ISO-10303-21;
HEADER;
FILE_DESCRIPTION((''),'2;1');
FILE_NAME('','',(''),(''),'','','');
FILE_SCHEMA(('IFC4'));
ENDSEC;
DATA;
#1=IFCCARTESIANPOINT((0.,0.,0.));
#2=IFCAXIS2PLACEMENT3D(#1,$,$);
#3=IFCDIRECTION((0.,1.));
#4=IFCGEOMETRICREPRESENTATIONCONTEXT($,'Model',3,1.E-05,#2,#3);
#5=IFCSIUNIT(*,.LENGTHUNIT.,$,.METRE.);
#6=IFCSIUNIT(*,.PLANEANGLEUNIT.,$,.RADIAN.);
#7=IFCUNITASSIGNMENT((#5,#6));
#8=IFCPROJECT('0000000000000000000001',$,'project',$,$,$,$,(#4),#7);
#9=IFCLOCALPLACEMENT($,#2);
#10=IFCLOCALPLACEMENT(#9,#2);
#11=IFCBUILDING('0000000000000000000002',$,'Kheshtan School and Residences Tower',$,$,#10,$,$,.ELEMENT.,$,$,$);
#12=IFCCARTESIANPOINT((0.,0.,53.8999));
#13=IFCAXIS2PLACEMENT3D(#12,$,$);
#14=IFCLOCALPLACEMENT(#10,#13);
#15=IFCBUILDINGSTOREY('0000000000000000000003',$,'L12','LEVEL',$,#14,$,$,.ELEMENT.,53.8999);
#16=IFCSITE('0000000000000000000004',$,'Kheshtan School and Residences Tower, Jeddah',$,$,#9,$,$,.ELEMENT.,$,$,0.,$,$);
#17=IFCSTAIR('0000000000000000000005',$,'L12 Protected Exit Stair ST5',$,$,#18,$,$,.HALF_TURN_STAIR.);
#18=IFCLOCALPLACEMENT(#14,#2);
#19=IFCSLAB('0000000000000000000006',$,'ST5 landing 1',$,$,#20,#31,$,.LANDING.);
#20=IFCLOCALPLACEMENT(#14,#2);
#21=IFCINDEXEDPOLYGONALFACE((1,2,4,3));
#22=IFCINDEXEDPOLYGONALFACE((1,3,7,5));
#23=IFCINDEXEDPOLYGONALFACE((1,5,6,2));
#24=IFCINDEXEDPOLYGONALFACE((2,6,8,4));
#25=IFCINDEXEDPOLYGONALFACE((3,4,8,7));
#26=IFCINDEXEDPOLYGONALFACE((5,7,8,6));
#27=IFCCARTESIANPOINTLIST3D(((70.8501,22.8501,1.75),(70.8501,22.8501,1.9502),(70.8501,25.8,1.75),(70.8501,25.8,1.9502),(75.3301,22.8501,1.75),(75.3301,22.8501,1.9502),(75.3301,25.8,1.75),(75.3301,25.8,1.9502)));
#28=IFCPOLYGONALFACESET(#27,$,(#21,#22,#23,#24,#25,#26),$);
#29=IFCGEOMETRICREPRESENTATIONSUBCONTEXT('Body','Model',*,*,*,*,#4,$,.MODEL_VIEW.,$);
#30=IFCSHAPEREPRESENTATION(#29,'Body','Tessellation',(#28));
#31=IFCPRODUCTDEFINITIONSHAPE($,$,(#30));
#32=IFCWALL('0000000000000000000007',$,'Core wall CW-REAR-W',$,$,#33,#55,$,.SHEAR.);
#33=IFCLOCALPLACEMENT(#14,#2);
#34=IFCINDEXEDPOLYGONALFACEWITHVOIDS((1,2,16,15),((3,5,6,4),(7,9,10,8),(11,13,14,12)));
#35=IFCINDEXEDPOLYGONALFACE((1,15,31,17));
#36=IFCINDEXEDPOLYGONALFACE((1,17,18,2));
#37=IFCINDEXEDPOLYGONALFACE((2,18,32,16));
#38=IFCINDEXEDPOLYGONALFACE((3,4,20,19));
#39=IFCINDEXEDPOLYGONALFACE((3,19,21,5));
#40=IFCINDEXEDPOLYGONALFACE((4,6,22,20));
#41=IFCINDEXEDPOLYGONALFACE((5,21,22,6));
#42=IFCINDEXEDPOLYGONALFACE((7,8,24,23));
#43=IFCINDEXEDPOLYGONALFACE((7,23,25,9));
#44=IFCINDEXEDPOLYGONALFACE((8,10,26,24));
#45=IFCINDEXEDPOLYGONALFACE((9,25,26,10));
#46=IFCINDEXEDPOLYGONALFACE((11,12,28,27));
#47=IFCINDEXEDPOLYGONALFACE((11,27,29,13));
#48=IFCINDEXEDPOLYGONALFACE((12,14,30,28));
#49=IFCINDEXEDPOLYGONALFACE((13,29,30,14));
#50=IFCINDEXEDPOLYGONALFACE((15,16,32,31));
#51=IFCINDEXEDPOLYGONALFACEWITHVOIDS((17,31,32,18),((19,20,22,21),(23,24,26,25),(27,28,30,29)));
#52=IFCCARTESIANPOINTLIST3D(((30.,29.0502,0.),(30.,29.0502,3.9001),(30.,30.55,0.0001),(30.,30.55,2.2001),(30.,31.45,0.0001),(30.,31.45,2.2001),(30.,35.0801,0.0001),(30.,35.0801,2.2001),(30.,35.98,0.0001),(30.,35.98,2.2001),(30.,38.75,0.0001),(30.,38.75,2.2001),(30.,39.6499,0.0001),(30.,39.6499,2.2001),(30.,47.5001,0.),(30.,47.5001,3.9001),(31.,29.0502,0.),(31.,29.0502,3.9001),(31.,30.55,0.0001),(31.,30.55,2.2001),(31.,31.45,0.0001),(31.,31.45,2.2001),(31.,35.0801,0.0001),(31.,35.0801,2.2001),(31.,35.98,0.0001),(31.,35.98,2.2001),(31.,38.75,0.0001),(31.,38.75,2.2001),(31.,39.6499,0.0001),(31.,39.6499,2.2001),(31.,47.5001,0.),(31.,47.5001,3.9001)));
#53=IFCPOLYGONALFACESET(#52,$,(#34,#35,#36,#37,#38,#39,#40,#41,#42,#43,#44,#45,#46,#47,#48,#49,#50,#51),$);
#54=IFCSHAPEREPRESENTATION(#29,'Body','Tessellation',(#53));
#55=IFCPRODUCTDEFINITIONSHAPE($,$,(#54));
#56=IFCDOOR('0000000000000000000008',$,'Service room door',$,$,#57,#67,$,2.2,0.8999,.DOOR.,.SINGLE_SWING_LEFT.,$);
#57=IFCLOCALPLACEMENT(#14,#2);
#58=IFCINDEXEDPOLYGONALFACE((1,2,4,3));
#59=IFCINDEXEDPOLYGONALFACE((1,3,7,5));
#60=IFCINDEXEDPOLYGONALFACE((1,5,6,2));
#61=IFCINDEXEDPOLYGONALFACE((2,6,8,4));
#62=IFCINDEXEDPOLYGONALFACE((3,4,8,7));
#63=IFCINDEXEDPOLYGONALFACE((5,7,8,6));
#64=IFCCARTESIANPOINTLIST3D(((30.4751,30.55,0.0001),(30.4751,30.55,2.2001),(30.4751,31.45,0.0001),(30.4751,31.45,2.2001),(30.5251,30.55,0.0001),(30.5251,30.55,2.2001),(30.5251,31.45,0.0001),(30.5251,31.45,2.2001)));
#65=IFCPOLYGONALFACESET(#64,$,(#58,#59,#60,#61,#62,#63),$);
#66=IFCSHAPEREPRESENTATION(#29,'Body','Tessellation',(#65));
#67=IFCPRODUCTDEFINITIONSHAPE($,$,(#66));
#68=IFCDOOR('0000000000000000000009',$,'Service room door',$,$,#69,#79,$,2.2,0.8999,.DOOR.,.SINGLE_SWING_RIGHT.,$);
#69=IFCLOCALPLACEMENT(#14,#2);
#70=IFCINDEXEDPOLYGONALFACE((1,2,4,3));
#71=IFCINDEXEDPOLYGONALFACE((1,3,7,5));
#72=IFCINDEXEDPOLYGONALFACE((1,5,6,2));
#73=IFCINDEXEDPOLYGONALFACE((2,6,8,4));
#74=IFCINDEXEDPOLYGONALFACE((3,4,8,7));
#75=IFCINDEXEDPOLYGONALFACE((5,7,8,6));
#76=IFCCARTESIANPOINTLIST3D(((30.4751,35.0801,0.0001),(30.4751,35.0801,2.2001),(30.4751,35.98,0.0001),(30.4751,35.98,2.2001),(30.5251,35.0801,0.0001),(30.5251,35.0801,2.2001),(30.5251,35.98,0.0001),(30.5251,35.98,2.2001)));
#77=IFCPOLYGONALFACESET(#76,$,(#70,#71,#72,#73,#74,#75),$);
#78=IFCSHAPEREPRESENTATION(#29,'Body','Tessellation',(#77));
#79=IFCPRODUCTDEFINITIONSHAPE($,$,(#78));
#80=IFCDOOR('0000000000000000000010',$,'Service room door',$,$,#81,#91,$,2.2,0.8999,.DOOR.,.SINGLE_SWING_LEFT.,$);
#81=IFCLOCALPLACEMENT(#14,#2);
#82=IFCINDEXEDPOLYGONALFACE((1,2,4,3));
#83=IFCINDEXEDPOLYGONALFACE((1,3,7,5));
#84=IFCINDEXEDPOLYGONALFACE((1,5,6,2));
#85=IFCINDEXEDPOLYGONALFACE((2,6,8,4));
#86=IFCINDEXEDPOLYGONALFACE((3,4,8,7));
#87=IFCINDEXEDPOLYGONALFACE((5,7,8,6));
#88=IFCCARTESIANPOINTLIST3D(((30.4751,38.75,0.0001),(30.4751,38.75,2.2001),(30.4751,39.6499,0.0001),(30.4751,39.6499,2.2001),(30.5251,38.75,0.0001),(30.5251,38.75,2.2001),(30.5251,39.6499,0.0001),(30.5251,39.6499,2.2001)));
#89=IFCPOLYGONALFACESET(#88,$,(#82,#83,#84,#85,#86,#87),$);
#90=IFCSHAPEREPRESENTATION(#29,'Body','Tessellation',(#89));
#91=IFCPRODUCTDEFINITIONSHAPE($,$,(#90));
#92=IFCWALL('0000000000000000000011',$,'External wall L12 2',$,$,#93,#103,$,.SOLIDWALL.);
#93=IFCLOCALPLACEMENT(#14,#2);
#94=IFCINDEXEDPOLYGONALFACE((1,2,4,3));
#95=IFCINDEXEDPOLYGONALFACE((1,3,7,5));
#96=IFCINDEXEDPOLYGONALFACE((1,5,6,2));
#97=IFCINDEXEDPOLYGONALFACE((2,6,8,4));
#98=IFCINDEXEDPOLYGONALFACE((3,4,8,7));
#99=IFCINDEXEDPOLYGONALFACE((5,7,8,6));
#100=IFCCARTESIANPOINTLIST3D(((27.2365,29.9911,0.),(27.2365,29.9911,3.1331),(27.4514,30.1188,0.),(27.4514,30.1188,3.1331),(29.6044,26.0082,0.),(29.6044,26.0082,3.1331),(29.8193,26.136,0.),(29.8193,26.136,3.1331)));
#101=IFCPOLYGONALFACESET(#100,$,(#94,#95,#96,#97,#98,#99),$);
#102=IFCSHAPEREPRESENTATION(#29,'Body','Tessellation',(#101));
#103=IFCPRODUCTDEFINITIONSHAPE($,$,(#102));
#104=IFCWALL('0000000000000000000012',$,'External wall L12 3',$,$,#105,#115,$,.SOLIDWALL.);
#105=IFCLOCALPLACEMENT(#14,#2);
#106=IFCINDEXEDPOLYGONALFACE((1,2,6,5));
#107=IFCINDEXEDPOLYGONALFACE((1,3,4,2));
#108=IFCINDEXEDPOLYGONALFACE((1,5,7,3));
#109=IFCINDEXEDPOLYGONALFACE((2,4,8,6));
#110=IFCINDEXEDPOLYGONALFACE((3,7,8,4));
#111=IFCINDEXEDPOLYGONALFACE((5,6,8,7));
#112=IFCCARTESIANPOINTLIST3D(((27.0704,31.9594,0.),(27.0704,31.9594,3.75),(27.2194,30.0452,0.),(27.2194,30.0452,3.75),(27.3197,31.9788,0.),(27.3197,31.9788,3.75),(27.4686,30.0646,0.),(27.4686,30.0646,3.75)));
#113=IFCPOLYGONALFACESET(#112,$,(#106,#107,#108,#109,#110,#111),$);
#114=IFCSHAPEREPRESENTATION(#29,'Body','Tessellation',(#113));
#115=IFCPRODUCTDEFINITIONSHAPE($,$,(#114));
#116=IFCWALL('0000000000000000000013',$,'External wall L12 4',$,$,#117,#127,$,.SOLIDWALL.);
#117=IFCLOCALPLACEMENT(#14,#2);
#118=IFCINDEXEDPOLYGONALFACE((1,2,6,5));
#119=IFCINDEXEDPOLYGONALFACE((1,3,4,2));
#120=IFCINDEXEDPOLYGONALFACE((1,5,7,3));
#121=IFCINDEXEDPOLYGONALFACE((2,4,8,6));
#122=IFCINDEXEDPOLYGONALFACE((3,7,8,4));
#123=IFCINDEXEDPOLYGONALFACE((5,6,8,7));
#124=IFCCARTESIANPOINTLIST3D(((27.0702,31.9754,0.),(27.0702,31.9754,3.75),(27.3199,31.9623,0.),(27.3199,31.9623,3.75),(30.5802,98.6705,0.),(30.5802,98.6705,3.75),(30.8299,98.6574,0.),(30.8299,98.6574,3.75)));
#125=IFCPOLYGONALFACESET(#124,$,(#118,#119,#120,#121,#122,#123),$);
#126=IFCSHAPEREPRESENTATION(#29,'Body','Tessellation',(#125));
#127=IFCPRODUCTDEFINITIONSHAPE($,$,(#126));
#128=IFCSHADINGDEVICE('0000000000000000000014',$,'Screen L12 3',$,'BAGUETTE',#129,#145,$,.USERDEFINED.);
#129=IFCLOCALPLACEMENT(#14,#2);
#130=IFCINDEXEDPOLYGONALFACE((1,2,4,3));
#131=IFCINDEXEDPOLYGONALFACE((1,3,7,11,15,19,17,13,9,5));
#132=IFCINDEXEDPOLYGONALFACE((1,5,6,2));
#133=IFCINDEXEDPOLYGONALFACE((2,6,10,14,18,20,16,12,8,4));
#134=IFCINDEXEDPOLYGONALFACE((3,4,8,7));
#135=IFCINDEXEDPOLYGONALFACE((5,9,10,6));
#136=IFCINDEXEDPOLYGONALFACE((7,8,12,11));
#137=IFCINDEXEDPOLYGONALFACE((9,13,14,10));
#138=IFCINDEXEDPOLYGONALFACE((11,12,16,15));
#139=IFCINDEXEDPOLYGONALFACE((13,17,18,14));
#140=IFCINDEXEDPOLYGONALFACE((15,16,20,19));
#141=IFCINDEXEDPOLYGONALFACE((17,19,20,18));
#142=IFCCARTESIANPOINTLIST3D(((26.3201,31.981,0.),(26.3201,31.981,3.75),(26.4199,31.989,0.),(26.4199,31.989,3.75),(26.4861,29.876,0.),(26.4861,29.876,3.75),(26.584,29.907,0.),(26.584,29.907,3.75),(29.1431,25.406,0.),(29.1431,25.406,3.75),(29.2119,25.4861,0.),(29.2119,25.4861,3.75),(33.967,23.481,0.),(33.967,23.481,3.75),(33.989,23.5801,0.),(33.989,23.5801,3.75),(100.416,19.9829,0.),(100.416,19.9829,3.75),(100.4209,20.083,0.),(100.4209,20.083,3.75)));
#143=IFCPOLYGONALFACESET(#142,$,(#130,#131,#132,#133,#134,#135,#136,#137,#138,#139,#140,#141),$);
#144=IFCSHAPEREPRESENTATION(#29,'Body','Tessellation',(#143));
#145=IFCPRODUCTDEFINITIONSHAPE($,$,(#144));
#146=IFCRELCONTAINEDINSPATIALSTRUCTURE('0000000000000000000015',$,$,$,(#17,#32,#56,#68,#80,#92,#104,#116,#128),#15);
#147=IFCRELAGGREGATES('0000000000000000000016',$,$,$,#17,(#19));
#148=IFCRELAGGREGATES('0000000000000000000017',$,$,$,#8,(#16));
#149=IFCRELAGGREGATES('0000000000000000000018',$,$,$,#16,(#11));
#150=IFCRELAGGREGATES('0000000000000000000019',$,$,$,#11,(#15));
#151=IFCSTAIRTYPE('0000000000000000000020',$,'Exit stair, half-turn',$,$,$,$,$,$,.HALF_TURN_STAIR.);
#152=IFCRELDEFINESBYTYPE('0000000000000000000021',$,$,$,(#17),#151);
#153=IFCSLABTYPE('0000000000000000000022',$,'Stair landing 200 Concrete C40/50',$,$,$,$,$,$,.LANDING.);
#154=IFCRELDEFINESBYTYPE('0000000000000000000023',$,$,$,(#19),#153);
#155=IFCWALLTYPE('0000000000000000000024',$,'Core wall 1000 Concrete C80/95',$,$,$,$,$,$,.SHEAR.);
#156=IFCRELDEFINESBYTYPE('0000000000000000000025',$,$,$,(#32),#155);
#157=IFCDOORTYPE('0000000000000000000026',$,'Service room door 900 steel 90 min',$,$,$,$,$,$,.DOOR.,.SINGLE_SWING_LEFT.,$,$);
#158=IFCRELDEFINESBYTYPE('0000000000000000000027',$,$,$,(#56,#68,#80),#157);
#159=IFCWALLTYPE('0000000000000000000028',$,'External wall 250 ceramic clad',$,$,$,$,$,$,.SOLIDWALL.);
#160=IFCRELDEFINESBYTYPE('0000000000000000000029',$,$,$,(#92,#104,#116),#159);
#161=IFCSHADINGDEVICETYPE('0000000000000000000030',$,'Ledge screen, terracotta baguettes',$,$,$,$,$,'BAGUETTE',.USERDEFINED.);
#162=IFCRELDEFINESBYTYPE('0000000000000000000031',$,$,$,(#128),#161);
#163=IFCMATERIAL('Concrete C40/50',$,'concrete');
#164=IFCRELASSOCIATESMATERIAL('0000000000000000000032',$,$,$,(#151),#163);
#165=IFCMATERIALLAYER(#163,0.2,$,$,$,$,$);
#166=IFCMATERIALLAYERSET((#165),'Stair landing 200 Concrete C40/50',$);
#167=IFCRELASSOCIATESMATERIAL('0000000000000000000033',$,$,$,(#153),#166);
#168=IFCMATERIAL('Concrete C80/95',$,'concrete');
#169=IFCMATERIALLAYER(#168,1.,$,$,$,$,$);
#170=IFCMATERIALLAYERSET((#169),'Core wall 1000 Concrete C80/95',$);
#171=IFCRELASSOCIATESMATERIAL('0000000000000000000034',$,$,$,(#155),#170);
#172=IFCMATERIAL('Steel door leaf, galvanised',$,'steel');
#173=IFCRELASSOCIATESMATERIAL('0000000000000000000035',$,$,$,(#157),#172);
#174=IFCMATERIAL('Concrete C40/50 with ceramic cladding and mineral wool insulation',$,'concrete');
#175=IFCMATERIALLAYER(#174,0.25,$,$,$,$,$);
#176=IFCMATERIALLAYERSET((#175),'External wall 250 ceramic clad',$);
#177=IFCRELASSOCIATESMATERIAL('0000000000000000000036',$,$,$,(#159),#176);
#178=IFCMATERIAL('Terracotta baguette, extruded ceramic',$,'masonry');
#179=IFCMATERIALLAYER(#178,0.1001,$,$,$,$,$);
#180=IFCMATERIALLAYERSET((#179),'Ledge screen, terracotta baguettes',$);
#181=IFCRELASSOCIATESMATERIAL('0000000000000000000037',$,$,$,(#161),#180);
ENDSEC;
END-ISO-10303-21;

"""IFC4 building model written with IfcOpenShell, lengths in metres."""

from ifc_helpers import new_model, si_unit, direction, frame, frame_2d, origin, place, context, subcontext, project, spatial, polyline, rectangle, outline, extrude, source, transform, mapped, material, layer, layer_set, type_object, element, fill, aggregate, save


model = new_model("IFC4")

# Units and contexts
model_context = context("Model", 3, precision=1e-05, world=origin(), true_north=direction((0.0, 1.0)))
body_context = subcontext(model_context, "Body", "Model", "MODEL_VIEW")
ifc_project = project(units=[si_unit("LENGTHUNIT", "METRE"), si_unit("PLANEANGLEUNIT", "RADIAN")], contexts=[model_context])

# Site, building, storey
site_placement = place(None, origin())
site = spatial("IfcSite", under=ifc_project, at=site_placement, Name="Kheshtan School and Residences Tower, Jeddah", CompositionType="ELEMENT", RefElevation=0.0)
building_placement = place(site_placement, origin())
building = spatial("IfcBuilding", under=site, at=building_placement, Name="Kheshtan School and Residences Tower", CompositionType="ELEMENT")
storey_placement = place(building_placement, frame((0.0, 0.0, 53.8999)))
storey = spatial("IfcBuildingStorey", under=building, at=storey_placement, Name="L12", Description="LEVEL", CompositionType="ELEMENT", Elevation=53.8999)

# Shared definitions
ifc_material_1 = material(Name="Concrete C40/50", Category="concrete")

# Stair, slab
stair_type = type_object("IfcStairType", Name="Exit stair, half-turn", PredefinedType="HALF_TURN_STAIR", material=ifc_material_1)
ifc_layer_1 = layer(ifc_material_1, 0.2)
ifc_layer_set_1 = layer_set([ifc_layer_1], Name="Stair landing 200 Concrete C40/50")
slab_type_1 = type_object("IfcSlabType", Name="Stair landing 200 Concrete C40/50", PredefinedType="LANDING", material=ifc_layer_set_1)
stair_1_placement = place(storey_placement, origin())
stair_1 = element("IfcStair", 1, at=stair_1_placement, inside=storey, type_object=stair_type, Name="L12 Protected Exit Stair ST5", PredefinedType="HALF_TURN_STAIR")
slab_1_placement = place(storey_placement, frame((0.0, 0.0, 1.75)))
slab_1 = element("IfcSlab", 2, at=slab_1_placement, type_object=slab_type_1, Name="ST5 landing 1", PredefinedType="LANDING", context=body_context, shape_type="SweptSolid", body=[
    extrude(outline(polyline([(75.3301, 25.8), (70.8501, 25.8), (70.8501, 22.8501), (75.3301, 22.8501), (75.3301, 25.8)])), origin(), (0.0, 0.0, 1.0), 0.2002),
])
aggregate(stair_1, [slab_1])

# Wall, openings, doors
ifc_material_2 = material(Name="Concrete C80/95", Category="concrete")
ifc_layer_2 = layer(ifc_material_2, 1.0)
ifc_layer_set_2 = layer_set([ifc_layer_2], Name="Core wall 1000 Concrete C80/95")
wall_type_1 = type_object("IfcWallType", Name="Core wall 1000 Concrete C80/95", PredefinedType="SHEAR", material=ifc_layer_set_2)
wall_1_placement = place(storey_placement, frame((30.5, 29.05, 0.0), z_axis=(0.0, 0.0, 1.0), x_axis=(0.0, 1.0, 0.0)))
wall_1 = element("IfcWall", 3, at=wall_1_placement, inside=storey, type_object=wall_type_1, Name="Core wall CW-REAR-W", PredefinedType="SHEAR", context=body_context, shape_type="SweptSolid", body=[
    extrude(rectangle(XDim=18.45, YDim=1.0, at=frame_2d((9.2251, 0.0))), origin(), (0.0, 0.0, 1.0), 3.9001),
])
opening_1_placement = place(wall_1_placement, frame((1.5, 0.0, 0.0)))
opening_1 = element("IfcOpeningElement", 4, at=opening_1_placement, cuts=wall_1, PredefinedType="OPENING", context=body_context, shape_type="SweptSolid", body=[
    extrude(rectangle(XDim=0.8999, YDim=2.2, at=frame_2d((0.45, 1.1001))), frame((0.0, 0.51, 0.0), z_axis=(0.0, -1.0, 0.0), x_axis=(1.0, 0.0, 0.0)), (0.0, 0.0, 1.0), 1.02),
])
opening_2_placement = place(wall_1_placement, frame((6.03, 0.0, 0.0)))
opening_2 = element("IfcOpeningElement", 5, at=opening_2_placement, cuts=wall_1, PredefinedType="OPENING", context=body_context, shape_type="SweptSolid", body=[
    extrude(rectangle(XDim=0.8999, YDim=2.2, at=frame_2d((0.45, 1.1001))), frame((0.0, 0.51, 0.0), z_axis=(0.0, -1.0, 0.0), x_axis=(1.0, 0.0, 0.0)), (0.0, 0.0, 1.0), 1.02),
])
opening_3_placement = place(wall_1_placement, frame((9.7, 0.0, 0.0)))
opening_3 = element("IfcOpeningElement", 6, at=opening_3_placement, cuts=wall_1, PredefinedType="OPENING", context=body_context, shape_type="SweptSolid", body=[
    extrude(rectangle(XDim=0.8999, YDim=2.2, at=frame_2d((0.45, 1.1001))), frame((0.0, 0.51, 0.0), z_axis=(0.0, -1.0, 0.0), x_axis=(1.0, 0.0, 0.0)), (0.0, 0.0, 1.0), 1.02),
])
ifc_material_3 = material(Name="Steel door leaf, galvanised", Category="steel")
door_type = type_object("IfcDoorType", Name="Service room door 900 steel 90 min", OperationType="SINGLE_SWING_LEFT", PredefinedType="DOOR", material=ifc_material_3)
shared_shape = source(origin(), body_context, "Body", "SweptSolid", [
    extrude(rectangle(XDim=0.8999, YDim=2.2, at=frame_2d((0.45, 1.1001))), frame((0.0, 0.0249, 0.0), z_axis=(0.0, -1.0, 0.0), x_axis=(1.0, 0.0, 0.0)), (0.0, 0.0, 1.0), 0.05),
])
door_1_placement = place(opening_1_placement, origin())
door_1 = element("IfcDoor", 7, at=door_1_placement, inside=storey, type_object=door_type, Name="Service room door", OperationType="SINGLE_SWING_LEFT", OverallHeight=2.2, OverallWidth=0.8999, PredefinedType="DOOR", context=body_context, shape_type="MappedRepresentation", body=[
    mapped(shared_shape, transform((0.0, 0.0, 0.0), x_axis=(1.0, 0.0, 0.0), y_axis=(0.0, 1.0, 0.0), z_axis=(0.0, 0.0, 1.0), scale=1.0)),
])
fill(opening_1, door_1)
door_2_placement = place(opening_2_placement, origin())
door_2 = element("IfcDoor", 8, at=door_2_placement, inside=storey, type_object=door_type, Name="Service room door", OperationType="SINGLE_SWING_RIGHT", OverallHeight=2.2, OverallWidth=0.8999, PredefinedType="DOOR", context=body_context, shape_type="MappedRepresentation", body=[
    mapped(shared_shape, transform((0.0, 0.0, 0.0), x_axis=(1.0, 0.0, 0.0), y_axis=(0.0, 1.0, 0.0), z_axis=(0.0, 0.0, 1.0), scale=1.0)),
])
fill(opening_2, door_2)
door_3_placement = place(opening_3_placement, origin())
door_3 = element("IfcDoor", 9, at=door_3_placement, inside=storey, type_object=door_type, Name="Service room door", OperationType="SINGLE_SWING_LEFT", OverallHeight=2.2, OverallWidth=0.8999, PredefinedType="DOOR", context=body_context, shape_type="MappedRepresentation", body=[
    mapped(shared_shape, transform((0.0, 0.0, 0.0), x_axis=(1.0, 0.0, 0.0), y_axis=(0.0, 1.0, 0.0), z_axis=(0.0, 0.0, 1.0), scale=1.0)),
])
fill(opening_3, door_3)

# Walls
ifc_material_4 = material(Name="Concrete C40/50 with ceramic cladding and mineral wool insulation", Category="concrete")
ifc_layer_3 = layer(ifc_material_4, 0.25)
ifc_layer_set_3 = layer_set([ifc_layer_3], Name="External wall 250 ceramic clad")
wall_type_2 = type_object("IfcWallType", Name="External wall 250 ceramic clad", PredefinedType="SOLIDWALL", material=ifc_layer_set_3)
wall_2_placement = place(storey_placement, frame((29.7119, 26.072, 0.0), z_axis=(0.0, 0.0, 1.0), x_axis=(-0.511028, 0.859564, 0.0)))
element("IfcWall", 10, at=wall_2_placement, inside=storey, type_object=wall_type_2, Name="External wall L12 2", PredefinedType="SOLIDWALL", context=body_context, shape_type="SweptSolid", body=[
    extrude(rectangle(XDim=4.6335, YDim=0.25, at=frame_2d((2.3169, 0.0))), origin(), (0.0, 0.0, 1.0), 3.1331),
])
wall_3_placement = place(storey_placement, frame((27.344, 30.0549, 0.0), z_axis=(0.0, 0.0, 1.0), x_axis=(-0.077572, 0.996987, 0.0)))
element("IfcWall", 11, at=wall_3_placement, inside=storey, type_object=wall_type_2, Name="External wall L12 3", PredefinedType="SOLIDWALL", context=body_context, shape_type="SweptSolid", body=[
    extrude(rectangle(XDim=1.9199, YDim=0.25, at=frame_2d((0.96, 0.0))), origin(), (0.0, 0.0, 1.0), 3.75),
])
wall_4_placement = place(storey_placement, frame((27.1951, 31.969, 0.0), z_axis=(0.0, 0.0, 1.0), x_axis=(0.052555, 0.998618, 0.0)))
element("IfcWall", 12, at=wall_4_placement, inside=storey, type_object=wall_type_2, Name="External wall L12 4", PredefinedType="SOLIDWALL", context=body_context, shape_type="SweptSolid", body=[
    extrude(rectangle(XDim=66.7874, YDim=0.25, at=frame_2d((33.3936, 0.0))), origin(), (0.0, 0.0, 1.0), 3.75),
])

# Shading device
ifc_material_5 = material(Name="Terracotta baguette, extruded ceramic", Category="masonry")
ifc_layer_4 = layer(ifc_material_5, 0.1001)
ifc_layer_set_4 = layer_set([ifc_layer_4], Name="Ledge screen, terracotta baguettes")
shading_device_type_1 = type_object("IfcShadingDeviceType", Name="Ledge screen, terracotta baguettes", ElementType="BAGUETTE", PredefinedType="USERDEFINED", material=ifc_layer_set_4)
shading_device_1_placement = place(storey_placement, origin())
element("IfcShadingDevice", 13, at=shading_device_1_placement, inside=storey, type_object=shading_device_type_1, Name="Screen L12 3", ObjectType="BAGUETTE", PredefinedType="USERDEFINED", context=body_context, shape_type="SweptSolid", body=[
    extrude(outline(polyline([(100.4209, 20.083), (33.989, 23.5801), (29.2119, 25.4861), (26.584, 29.907), (26.4199, 31.989), (26.3201, 31.981), (26.4861, 29.876), (29.1431, 25.406), (33.967, 23.481), (100.416, 19.9829), (100.4209, 20.083)])), origin(), (0.0, 0.0, 1.0), 3.75),
])

save(model, "model.ifc")
